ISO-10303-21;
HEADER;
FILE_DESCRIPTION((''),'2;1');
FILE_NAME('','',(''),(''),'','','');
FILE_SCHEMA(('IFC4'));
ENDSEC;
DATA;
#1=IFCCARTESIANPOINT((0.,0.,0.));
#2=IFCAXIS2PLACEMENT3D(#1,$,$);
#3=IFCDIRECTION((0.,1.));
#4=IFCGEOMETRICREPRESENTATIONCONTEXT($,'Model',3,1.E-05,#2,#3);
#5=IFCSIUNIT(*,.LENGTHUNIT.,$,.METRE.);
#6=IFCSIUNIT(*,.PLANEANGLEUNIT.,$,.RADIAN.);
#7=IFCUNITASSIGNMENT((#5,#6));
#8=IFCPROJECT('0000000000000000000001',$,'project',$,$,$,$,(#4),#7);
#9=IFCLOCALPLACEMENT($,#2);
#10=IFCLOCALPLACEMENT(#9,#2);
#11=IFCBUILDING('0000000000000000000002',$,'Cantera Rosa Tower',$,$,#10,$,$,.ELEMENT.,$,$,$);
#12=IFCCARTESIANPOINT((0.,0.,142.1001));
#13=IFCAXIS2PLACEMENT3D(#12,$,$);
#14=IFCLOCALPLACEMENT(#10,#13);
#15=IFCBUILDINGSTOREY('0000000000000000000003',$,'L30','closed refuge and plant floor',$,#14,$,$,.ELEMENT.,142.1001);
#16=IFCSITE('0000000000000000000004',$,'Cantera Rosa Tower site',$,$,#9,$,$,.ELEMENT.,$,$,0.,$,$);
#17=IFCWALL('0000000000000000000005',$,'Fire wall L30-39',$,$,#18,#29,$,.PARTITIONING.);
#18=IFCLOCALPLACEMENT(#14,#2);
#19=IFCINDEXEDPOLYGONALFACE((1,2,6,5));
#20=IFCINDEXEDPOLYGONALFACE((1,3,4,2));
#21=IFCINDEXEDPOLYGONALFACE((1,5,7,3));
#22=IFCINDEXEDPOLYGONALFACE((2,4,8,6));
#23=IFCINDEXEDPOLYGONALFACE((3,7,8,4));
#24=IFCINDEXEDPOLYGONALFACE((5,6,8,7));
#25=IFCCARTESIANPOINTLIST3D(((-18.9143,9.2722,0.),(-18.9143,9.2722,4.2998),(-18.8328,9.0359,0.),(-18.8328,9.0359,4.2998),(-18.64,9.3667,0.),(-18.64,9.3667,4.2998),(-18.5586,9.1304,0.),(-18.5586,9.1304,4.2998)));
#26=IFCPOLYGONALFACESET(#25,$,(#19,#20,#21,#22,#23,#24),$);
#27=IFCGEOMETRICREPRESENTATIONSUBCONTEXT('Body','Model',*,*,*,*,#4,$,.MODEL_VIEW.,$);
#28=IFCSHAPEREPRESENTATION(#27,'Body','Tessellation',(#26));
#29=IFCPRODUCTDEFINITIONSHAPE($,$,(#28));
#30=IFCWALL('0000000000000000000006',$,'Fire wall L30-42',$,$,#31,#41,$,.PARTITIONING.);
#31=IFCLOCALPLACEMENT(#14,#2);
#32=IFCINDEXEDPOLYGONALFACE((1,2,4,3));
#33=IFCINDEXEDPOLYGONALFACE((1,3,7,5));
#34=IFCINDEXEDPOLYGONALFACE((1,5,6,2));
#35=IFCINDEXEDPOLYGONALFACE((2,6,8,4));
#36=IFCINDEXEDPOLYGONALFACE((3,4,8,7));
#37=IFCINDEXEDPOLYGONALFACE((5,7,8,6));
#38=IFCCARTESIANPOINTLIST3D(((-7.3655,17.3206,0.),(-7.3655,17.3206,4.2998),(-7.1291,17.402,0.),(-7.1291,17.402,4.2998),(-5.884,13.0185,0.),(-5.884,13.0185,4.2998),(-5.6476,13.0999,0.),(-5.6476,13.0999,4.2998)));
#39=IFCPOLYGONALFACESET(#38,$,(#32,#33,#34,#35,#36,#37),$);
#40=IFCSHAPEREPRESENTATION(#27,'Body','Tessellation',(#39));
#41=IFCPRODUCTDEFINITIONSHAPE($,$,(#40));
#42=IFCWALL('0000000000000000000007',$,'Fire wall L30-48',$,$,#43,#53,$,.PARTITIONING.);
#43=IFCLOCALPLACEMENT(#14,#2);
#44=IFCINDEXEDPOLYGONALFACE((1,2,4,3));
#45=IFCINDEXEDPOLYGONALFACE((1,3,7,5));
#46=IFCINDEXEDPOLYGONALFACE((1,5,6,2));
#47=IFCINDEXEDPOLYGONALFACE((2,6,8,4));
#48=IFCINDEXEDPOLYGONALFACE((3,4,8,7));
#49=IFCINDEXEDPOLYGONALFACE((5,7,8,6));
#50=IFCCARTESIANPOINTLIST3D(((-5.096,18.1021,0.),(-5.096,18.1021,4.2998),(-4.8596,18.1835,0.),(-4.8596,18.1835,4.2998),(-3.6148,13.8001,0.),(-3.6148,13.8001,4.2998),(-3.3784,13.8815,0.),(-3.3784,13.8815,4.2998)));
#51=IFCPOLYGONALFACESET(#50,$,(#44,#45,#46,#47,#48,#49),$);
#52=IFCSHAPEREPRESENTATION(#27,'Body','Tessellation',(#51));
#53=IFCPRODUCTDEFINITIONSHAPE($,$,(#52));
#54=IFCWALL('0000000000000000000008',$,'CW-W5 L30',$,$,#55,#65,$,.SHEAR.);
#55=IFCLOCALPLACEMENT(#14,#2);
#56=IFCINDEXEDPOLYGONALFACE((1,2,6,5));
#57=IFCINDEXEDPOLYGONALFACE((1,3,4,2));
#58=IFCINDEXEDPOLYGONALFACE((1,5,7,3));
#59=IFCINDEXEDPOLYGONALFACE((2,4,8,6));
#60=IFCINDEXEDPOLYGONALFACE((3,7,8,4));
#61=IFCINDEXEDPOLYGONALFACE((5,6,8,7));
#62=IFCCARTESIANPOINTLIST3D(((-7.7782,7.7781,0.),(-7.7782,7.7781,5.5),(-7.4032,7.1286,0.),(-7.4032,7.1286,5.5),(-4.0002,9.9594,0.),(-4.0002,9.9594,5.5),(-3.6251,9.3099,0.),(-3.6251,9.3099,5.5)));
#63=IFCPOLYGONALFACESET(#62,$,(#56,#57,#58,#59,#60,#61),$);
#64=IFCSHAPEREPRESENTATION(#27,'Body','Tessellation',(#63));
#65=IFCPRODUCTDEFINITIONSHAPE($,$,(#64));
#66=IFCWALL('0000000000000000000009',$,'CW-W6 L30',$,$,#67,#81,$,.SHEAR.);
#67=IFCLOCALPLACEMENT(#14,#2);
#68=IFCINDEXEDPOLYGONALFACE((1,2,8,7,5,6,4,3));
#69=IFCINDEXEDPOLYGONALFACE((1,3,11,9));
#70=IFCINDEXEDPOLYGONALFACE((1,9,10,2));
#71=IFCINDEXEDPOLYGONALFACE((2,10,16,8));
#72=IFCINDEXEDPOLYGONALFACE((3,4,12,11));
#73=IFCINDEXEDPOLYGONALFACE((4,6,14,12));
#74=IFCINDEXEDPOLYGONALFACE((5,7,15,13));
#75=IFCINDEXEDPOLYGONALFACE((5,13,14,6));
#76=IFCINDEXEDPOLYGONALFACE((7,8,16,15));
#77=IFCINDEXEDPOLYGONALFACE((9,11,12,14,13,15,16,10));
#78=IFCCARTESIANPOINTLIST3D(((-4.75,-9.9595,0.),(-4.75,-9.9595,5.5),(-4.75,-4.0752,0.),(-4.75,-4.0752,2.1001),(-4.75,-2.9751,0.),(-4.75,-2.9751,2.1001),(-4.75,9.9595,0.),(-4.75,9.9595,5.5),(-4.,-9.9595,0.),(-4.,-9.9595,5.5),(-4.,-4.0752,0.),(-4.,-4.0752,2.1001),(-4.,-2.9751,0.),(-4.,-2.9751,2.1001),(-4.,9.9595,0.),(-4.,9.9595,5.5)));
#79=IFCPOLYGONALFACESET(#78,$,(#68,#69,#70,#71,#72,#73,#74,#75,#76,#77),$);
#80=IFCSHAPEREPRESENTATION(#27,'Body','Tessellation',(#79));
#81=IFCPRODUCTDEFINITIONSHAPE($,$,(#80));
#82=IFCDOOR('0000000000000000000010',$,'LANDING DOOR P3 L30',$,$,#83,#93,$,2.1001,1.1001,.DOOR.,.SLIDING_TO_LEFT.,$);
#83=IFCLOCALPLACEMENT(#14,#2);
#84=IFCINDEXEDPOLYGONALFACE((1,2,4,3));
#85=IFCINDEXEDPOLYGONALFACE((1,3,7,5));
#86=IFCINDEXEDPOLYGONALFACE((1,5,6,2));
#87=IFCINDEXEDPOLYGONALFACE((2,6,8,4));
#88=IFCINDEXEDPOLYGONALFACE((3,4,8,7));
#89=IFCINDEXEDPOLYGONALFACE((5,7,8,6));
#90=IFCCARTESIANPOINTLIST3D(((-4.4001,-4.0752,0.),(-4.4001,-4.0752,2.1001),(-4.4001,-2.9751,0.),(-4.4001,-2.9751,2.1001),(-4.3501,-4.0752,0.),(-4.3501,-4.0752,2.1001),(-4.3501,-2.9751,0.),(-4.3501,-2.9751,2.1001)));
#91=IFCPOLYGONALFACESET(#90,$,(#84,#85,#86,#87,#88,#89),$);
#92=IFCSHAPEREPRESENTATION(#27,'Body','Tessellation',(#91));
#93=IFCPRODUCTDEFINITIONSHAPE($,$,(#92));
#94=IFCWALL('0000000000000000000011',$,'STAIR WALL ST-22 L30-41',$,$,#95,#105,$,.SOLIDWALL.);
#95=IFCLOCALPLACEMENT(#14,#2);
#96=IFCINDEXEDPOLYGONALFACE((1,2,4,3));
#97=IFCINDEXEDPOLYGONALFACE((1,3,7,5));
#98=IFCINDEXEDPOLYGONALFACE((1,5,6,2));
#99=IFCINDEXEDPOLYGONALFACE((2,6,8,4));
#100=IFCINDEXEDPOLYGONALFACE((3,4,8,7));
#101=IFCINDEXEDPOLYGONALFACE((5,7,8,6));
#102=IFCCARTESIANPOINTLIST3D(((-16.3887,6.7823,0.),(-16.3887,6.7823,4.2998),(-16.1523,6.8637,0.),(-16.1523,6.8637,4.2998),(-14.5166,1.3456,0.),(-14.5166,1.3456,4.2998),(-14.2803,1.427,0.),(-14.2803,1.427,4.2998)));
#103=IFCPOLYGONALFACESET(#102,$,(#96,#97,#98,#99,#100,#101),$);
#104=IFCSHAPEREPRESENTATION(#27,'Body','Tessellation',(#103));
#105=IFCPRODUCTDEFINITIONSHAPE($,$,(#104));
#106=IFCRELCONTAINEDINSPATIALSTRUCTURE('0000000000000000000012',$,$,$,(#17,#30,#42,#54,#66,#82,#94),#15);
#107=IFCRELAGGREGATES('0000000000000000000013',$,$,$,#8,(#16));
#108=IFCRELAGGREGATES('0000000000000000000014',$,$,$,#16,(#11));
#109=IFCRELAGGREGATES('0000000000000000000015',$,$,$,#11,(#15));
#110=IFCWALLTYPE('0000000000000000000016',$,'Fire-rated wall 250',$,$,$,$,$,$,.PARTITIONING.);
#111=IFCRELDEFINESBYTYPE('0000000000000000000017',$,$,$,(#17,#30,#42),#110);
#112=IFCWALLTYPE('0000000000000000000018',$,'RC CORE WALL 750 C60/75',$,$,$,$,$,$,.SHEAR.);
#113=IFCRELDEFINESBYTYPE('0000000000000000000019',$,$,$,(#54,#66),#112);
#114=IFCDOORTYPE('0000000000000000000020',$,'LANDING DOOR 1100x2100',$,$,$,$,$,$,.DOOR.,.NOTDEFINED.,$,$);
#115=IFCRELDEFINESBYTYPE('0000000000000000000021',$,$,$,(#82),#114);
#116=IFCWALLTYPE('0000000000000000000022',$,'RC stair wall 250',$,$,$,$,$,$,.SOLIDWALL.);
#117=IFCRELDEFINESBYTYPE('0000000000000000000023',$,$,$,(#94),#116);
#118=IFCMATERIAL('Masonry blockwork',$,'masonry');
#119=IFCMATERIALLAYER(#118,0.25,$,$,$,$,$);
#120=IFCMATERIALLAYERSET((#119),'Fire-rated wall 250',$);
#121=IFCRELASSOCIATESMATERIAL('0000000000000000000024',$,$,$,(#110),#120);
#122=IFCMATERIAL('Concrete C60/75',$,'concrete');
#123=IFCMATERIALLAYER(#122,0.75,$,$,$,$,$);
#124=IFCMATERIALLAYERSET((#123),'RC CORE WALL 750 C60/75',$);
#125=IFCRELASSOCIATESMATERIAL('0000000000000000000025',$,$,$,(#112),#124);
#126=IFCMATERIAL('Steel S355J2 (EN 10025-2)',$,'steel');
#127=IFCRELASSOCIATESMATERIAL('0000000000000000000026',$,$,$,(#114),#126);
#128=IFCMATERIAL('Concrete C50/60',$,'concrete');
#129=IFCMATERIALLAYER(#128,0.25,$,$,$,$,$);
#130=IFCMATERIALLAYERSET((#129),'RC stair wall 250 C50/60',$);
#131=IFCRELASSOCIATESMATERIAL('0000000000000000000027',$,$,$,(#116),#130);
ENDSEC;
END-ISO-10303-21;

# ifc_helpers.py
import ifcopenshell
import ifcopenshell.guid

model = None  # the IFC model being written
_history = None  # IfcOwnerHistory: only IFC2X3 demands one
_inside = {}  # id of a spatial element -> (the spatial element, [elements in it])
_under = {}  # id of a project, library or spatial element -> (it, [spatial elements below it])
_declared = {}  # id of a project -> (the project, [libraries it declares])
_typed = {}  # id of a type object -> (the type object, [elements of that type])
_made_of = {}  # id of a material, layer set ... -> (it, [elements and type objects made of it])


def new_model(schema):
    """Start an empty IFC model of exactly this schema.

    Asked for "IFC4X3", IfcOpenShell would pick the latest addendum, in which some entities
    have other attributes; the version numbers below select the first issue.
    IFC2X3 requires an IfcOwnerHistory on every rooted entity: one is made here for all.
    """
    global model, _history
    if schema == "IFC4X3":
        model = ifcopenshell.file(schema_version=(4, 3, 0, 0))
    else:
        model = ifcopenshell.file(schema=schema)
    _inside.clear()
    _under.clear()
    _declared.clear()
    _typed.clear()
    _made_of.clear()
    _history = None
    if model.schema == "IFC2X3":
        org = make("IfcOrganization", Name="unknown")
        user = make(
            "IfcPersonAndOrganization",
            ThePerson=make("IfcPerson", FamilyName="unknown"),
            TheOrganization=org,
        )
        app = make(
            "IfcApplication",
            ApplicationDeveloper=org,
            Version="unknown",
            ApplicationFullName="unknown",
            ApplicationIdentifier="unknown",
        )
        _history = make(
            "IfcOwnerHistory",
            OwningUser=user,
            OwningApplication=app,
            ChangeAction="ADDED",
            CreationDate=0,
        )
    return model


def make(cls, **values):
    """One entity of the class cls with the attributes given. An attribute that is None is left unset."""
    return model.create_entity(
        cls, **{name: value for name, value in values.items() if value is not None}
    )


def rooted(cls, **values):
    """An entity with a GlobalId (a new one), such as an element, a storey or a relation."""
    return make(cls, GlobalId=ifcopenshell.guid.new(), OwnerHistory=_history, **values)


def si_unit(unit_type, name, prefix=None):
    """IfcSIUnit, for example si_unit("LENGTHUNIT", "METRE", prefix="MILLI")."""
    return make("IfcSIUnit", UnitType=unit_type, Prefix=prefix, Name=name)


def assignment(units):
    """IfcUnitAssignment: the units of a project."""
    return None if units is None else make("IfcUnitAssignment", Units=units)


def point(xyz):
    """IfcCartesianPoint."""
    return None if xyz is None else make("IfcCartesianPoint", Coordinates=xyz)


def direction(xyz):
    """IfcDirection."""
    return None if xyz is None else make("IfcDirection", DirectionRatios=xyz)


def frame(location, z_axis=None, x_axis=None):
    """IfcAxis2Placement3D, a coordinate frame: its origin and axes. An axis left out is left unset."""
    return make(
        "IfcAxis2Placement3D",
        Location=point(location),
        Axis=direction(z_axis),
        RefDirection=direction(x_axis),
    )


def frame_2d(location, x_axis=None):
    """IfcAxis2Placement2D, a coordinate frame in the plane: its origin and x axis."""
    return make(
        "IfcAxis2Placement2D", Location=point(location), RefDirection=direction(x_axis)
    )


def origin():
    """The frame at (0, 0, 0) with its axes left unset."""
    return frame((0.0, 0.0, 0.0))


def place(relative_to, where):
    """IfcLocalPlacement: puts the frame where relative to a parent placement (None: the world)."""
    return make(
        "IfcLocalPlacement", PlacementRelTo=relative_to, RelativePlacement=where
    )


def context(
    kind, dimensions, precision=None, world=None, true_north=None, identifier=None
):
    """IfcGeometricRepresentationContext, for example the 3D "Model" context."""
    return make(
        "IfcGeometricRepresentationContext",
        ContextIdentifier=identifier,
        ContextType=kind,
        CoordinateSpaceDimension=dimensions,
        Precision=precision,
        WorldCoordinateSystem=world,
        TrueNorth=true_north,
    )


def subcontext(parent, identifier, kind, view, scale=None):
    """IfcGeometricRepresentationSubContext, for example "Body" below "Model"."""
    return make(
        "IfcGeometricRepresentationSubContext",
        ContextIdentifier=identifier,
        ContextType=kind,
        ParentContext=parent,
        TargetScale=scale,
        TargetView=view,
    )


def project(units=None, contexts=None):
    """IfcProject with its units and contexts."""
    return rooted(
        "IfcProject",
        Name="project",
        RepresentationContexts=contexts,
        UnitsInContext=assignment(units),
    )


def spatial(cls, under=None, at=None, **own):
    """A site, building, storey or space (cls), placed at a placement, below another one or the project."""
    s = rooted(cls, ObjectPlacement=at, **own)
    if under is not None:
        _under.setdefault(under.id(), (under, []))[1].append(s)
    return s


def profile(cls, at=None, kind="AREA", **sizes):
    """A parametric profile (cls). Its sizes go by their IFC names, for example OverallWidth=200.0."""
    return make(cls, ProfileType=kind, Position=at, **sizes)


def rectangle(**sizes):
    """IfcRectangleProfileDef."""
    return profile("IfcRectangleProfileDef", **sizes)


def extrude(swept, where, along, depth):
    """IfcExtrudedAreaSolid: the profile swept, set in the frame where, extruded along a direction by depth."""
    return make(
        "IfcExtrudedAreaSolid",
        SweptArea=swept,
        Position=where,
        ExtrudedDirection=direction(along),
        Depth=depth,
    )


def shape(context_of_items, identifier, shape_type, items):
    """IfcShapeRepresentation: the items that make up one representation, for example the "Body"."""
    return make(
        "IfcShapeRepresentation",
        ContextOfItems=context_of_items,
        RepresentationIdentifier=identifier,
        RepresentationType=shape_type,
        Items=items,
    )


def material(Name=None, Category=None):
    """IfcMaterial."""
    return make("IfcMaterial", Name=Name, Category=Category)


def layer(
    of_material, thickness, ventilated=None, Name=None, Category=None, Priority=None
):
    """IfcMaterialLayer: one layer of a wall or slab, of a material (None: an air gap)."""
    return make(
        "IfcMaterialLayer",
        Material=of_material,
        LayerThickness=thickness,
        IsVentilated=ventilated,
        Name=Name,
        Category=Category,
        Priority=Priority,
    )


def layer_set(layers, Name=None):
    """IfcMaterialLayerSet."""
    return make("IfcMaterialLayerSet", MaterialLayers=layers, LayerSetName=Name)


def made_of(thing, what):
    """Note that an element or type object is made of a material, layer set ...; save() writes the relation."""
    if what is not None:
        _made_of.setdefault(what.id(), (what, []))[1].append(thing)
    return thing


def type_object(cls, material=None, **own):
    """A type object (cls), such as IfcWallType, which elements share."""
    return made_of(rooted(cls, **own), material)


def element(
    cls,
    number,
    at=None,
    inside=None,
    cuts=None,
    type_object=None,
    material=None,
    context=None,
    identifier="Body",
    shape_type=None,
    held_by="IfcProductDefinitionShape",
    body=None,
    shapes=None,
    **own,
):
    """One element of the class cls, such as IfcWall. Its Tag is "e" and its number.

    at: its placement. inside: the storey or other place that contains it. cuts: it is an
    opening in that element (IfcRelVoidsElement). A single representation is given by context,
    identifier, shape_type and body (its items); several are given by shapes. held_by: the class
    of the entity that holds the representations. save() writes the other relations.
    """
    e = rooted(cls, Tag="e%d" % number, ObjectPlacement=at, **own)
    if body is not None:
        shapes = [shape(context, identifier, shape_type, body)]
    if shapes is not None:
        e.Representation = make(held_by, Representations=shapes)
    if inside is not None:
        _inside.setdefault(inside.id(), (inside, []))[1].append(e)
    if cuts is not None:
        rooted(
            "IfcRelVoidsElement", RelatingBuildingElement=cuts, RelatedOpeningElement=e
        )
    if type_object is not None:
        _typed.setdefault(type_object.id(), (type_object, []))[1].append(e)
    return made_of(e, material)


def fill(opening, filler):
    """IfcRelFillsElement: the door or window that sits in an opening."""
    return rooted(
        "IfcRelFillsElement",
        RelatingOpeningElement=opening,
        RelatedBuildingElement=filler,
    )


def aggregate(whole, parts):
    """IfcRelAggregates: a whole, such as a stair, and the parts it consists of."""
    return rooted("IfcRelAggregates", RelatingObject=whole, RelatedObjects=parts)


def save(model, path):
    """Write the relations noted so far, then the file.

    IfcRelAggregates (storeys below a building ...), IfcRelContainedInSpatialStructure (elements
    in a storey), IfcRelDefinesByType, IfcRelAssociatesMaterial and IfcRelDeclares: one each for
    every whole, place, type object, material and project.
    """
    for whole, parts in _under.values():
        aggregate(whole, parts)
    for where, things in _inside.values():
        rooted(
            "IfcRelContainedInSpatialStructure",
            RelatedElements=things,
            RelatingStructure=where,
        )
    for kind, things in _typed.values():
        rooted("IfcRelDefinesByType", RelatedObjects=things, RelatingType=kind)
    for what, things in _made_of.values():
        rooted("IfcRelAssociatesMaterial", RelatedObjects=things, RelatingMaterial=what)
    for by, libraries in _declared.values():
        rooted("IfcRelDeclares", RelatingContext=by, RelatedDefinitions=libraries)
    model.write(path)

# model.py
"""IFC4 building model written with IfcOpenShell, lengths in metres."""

from ifc_helpers import new_model, si_unit, direction, frame, frame_2d, origin, place, context, subcontext, project, spatial, rectangle, extrude, material, layer, layer_set, type_object, element, fill, save


model = new_model("IFC4")

# Units and contexts
model_context = context("Model", 3, precision=1e-05, world=origin(), true_north=direction((0.0, 1.0)))
body_context = subcontext(model_context, "Body", "Model", "MODEL_VIEW")
ifc_project = project(units=[si_unit("LENGTHUNIT", "METRE"), si_unit("PLANEANGLEUNIT", "RADIAN")], contexts=[model_context])

# Site, building, storey
site_placement = place(None, origin())
site = spatial("IfcSite", under=ifc_project, at=site_placement, Name="Cantera Rosa Tower site", CompositionType="ELEMENT", RefElevation=0.0)
building_placement = place(site_placement, origin())
building = spatial("IfcBuilding", under=site, at=building_placement, Name="Cantera Rosa Tower", CompositionType="ELEMENT")
storey_placement = place(building_placement, frame((0.0, 0.0, 142.1001)))
storey = spatial("IfcBuildingStorey", under=building, at=storey_placement, Name="L30", Description="closed refuge and plant floor", CompositionType="ELEMENT", Elevation=142.1001)

# Shared definitions
ifc_material_1 = material(Name="Masonry blockwork", Category="masonry")
ifc_layer_1 = layer(ifc_material_1, 0.25)
ifc_layer_set_1 = layer_set([ifc_layer_1], Name="Fire-rated wall 250")
wall_type_1 = type_object("IfcWallType", Name="Fire-rated wall 250", PredefinedType="PARTITIONING", material=ifc_layer_set_1)

# Walls
wall_1_placement = place(storey_placement, frame((-18.8735, 9.1541, 0.0), z_axis=(0.0, 0.0, 1.0), x_axis=(0.945436, 0.325809, 0.0)))
element("IfcWall", 1, at=wall_1_placement, inside=storey, type_object=wall_type_1, Name="Fire wall L30-39", PredefinedType="PARTITIONING", context=body_context, shape_type="SweptSolid", body=[
    extrude(rectangle(XDim=0.29, YDim=0.25, at=frame_2d((0.145, 0.0))), origin(), (0.0, 0.0, 1.0), 4.2998),
])
wall_2_placement = place(storey_placement, frame((-5.7659, 13.0593, 0.0), z_axis=(0.0, 0.0, 1.0), x_axis=(-0.325597, 0.945509, 0.0)))
element("IfcWall", 2, at=wall_2_placement, inside=storey, type_object=wall_type_1, Name="Fire wall L30-42", PredefinedType="PARTITIONING", context=body_context, shape_type="SweptSolid", body=[
    extrude(rectangle(XDim=4.55, YDim=0.25, at=frame_2d((2.2749, 0.0))), origin(), (0.0, 0.0, 1.0), 4.2998),
])
wall_3_placement = place(storey_placement, frame((-3.4966, 13.8408, 0.0), z_axis=(0.0, 0.0, 1.0), x_axis=(-0.325549, 0.945525, 0.0)))
element("IfcWall", 3, at=wall_3_placement, inside=storey, type_object=wall_type_1, Name="Fire wall L30-48", PredefinedType="PARTITIONING", context=body_context, shape_type="SweptSolid", body=[
    extrude(rectangle(XDim=4.5498, YDim=0.25, at=frame_2d((2.2749, 0.0))), origin(), (0.0, 0.0, 1.0), 4.2998),
])
ifc_material_2 = material(Name="Concrete C60/75", Category="concrete")
ifc_layer_2 = layer(ifc_material_2, 0.75)
ifc_layer_set_2 = layer_set([ifc_layer_2], Name="RC CORE WALL 750 C60/75")
wall_type_2 = type_object("IfcWallType", Name="RC CORE WALL 750 C60/75", PredefinedType="SHEAR", material=ifc_layer_set_2)
wall_4_placement = place(storey_placement, frame((-7.5906, 7.4534, 0.0), z_axis=(0.0, 0.0, 1.0), x_axis=(0.866013, 0.500021, 0.0)))
element("IfcWall", 4, at=wall_4_placement, inside=storey, type_object=wall_type_2, Name="CW-W5 L30", PredefinedType="SHEAR", context=body_context, shape_type="SweptSolid", body=[
    extrude(rectangle(XDim=4.3625, YDim=0.75, at=frame_2d((2.1812, 0.0))), origin(), (0.0, 0.0, 1.0), 5.5),
])

# Wall, opening, door
wall_5_placement = place(storey_placement, frame((-4.375, 9.9595, 0.0), z_axis=(0.0, 0.0, 1.0), x_axis=(0.0, -1.0, 0.0)))
wall_5 = element("IfcWall", 5, at=wall_5_placement, inside=storey, type_object=wall_type_2, Name="CW-W6 L30", PredefinedType="SHEAR", context=body_context, shape_type="SweptSolid", body=[
    extrude(rectangle(XDim=19.9189, YDim=0.75, at=frame_2d((9.9595, 0.0))), origin(), (0.0, 0.0, 1.0), 5.5),
])
opening_1_placement = place(wall_5_placement, frame((12.9346, 0.0, 0.0)))
opening_1 = element("IfcOpeningElement", 6, at=opening_1_placement, cuts=wall_5, PredefinedType="OPENING", context=body_context, shape_type="SweptSolid", body=[
    extrude(rectangle(XDim=1.1001, YDim=2.1001, at=frame_2d((0.55, 1.05))), frame((0.0, 0.385, 0.0), z_axis=(0.0, -1.0, 0.0), x_axis=(1.0, 0.0, 0.0)), (0.0, 0.0, 1.0), 0.77),
])
ifc_material_3 = material(Name="Steel S355J2 (EN 10025-2)", Category="steel")
door_type_1 = type_object("IfcDoorType", Name="LANDING DOOR 1100x2100", OperationType="NOTDEFINED", PredefinedType="DOOR", material=ifc_material_3)
door_1_placement = place(opening_1_placement, origin())
door_1 = element("IfcDoor", 7, at=door_1_placement, inside=storey, type_object=door_type_1, Name="LANDING DOOR P3 L30", OperationType="SLIDING_TO_LEFT", OverallHeight=2.1001, OverallWidth=1.1001, PredefinedType="DOOR", context=body_context, shape_type="SweptSolid", body=[
    extrude(rectangle(XDim=1.1001, YDim=2.1001, at=frame_2d((0.55, 1.05))), frame((0.0, 0.0249, 0.0), z_axis=(0.0, -1.0, 0.0), x_axis=(1.0, 0.0, 0.0)), (0.0, 0.0, 1.0), 0.05),
])
fill(opening_1, door_1)

# Wall
ifc_material_4 = material(Name="Concrete C50/60", Category="concrete")
ifc_layer_3 = layer(ifc_material_4, 0.25)
ifc_layer_set_3 = layer_set([ifc_layer_3], Name="RC stair wall 250 C50/60")
wall_type_3 = type_object("IfcWallType", Name="RC stair wall 250", PredefinedType="SOLIDWALL", material=ifc_layer_set_3)
wall_6_placement = place(storey_placement, frame((-16.2705, 6.823, 0.0), z_axis=(0.0, 0.0, 1.0), x_axis=(0.325575, -0.945516, 0.0)))
element("IfcWall", 8, at=wall_6_placement, inside=storey, type_object=wall_type_3, Name="STAIR WALL ST-22 L30-41", PredefinedType="SOLIDWALL", context=body_context, shape_type="SweptSolid", body=[
    extrude(rectangle(XDim=5.75, YDim=0.25, at=frame_2d((2.875, 0.0))), origin(), (0.0, 0.0, 1.0), 4.2998),
])

save(model, "model.ifc")
